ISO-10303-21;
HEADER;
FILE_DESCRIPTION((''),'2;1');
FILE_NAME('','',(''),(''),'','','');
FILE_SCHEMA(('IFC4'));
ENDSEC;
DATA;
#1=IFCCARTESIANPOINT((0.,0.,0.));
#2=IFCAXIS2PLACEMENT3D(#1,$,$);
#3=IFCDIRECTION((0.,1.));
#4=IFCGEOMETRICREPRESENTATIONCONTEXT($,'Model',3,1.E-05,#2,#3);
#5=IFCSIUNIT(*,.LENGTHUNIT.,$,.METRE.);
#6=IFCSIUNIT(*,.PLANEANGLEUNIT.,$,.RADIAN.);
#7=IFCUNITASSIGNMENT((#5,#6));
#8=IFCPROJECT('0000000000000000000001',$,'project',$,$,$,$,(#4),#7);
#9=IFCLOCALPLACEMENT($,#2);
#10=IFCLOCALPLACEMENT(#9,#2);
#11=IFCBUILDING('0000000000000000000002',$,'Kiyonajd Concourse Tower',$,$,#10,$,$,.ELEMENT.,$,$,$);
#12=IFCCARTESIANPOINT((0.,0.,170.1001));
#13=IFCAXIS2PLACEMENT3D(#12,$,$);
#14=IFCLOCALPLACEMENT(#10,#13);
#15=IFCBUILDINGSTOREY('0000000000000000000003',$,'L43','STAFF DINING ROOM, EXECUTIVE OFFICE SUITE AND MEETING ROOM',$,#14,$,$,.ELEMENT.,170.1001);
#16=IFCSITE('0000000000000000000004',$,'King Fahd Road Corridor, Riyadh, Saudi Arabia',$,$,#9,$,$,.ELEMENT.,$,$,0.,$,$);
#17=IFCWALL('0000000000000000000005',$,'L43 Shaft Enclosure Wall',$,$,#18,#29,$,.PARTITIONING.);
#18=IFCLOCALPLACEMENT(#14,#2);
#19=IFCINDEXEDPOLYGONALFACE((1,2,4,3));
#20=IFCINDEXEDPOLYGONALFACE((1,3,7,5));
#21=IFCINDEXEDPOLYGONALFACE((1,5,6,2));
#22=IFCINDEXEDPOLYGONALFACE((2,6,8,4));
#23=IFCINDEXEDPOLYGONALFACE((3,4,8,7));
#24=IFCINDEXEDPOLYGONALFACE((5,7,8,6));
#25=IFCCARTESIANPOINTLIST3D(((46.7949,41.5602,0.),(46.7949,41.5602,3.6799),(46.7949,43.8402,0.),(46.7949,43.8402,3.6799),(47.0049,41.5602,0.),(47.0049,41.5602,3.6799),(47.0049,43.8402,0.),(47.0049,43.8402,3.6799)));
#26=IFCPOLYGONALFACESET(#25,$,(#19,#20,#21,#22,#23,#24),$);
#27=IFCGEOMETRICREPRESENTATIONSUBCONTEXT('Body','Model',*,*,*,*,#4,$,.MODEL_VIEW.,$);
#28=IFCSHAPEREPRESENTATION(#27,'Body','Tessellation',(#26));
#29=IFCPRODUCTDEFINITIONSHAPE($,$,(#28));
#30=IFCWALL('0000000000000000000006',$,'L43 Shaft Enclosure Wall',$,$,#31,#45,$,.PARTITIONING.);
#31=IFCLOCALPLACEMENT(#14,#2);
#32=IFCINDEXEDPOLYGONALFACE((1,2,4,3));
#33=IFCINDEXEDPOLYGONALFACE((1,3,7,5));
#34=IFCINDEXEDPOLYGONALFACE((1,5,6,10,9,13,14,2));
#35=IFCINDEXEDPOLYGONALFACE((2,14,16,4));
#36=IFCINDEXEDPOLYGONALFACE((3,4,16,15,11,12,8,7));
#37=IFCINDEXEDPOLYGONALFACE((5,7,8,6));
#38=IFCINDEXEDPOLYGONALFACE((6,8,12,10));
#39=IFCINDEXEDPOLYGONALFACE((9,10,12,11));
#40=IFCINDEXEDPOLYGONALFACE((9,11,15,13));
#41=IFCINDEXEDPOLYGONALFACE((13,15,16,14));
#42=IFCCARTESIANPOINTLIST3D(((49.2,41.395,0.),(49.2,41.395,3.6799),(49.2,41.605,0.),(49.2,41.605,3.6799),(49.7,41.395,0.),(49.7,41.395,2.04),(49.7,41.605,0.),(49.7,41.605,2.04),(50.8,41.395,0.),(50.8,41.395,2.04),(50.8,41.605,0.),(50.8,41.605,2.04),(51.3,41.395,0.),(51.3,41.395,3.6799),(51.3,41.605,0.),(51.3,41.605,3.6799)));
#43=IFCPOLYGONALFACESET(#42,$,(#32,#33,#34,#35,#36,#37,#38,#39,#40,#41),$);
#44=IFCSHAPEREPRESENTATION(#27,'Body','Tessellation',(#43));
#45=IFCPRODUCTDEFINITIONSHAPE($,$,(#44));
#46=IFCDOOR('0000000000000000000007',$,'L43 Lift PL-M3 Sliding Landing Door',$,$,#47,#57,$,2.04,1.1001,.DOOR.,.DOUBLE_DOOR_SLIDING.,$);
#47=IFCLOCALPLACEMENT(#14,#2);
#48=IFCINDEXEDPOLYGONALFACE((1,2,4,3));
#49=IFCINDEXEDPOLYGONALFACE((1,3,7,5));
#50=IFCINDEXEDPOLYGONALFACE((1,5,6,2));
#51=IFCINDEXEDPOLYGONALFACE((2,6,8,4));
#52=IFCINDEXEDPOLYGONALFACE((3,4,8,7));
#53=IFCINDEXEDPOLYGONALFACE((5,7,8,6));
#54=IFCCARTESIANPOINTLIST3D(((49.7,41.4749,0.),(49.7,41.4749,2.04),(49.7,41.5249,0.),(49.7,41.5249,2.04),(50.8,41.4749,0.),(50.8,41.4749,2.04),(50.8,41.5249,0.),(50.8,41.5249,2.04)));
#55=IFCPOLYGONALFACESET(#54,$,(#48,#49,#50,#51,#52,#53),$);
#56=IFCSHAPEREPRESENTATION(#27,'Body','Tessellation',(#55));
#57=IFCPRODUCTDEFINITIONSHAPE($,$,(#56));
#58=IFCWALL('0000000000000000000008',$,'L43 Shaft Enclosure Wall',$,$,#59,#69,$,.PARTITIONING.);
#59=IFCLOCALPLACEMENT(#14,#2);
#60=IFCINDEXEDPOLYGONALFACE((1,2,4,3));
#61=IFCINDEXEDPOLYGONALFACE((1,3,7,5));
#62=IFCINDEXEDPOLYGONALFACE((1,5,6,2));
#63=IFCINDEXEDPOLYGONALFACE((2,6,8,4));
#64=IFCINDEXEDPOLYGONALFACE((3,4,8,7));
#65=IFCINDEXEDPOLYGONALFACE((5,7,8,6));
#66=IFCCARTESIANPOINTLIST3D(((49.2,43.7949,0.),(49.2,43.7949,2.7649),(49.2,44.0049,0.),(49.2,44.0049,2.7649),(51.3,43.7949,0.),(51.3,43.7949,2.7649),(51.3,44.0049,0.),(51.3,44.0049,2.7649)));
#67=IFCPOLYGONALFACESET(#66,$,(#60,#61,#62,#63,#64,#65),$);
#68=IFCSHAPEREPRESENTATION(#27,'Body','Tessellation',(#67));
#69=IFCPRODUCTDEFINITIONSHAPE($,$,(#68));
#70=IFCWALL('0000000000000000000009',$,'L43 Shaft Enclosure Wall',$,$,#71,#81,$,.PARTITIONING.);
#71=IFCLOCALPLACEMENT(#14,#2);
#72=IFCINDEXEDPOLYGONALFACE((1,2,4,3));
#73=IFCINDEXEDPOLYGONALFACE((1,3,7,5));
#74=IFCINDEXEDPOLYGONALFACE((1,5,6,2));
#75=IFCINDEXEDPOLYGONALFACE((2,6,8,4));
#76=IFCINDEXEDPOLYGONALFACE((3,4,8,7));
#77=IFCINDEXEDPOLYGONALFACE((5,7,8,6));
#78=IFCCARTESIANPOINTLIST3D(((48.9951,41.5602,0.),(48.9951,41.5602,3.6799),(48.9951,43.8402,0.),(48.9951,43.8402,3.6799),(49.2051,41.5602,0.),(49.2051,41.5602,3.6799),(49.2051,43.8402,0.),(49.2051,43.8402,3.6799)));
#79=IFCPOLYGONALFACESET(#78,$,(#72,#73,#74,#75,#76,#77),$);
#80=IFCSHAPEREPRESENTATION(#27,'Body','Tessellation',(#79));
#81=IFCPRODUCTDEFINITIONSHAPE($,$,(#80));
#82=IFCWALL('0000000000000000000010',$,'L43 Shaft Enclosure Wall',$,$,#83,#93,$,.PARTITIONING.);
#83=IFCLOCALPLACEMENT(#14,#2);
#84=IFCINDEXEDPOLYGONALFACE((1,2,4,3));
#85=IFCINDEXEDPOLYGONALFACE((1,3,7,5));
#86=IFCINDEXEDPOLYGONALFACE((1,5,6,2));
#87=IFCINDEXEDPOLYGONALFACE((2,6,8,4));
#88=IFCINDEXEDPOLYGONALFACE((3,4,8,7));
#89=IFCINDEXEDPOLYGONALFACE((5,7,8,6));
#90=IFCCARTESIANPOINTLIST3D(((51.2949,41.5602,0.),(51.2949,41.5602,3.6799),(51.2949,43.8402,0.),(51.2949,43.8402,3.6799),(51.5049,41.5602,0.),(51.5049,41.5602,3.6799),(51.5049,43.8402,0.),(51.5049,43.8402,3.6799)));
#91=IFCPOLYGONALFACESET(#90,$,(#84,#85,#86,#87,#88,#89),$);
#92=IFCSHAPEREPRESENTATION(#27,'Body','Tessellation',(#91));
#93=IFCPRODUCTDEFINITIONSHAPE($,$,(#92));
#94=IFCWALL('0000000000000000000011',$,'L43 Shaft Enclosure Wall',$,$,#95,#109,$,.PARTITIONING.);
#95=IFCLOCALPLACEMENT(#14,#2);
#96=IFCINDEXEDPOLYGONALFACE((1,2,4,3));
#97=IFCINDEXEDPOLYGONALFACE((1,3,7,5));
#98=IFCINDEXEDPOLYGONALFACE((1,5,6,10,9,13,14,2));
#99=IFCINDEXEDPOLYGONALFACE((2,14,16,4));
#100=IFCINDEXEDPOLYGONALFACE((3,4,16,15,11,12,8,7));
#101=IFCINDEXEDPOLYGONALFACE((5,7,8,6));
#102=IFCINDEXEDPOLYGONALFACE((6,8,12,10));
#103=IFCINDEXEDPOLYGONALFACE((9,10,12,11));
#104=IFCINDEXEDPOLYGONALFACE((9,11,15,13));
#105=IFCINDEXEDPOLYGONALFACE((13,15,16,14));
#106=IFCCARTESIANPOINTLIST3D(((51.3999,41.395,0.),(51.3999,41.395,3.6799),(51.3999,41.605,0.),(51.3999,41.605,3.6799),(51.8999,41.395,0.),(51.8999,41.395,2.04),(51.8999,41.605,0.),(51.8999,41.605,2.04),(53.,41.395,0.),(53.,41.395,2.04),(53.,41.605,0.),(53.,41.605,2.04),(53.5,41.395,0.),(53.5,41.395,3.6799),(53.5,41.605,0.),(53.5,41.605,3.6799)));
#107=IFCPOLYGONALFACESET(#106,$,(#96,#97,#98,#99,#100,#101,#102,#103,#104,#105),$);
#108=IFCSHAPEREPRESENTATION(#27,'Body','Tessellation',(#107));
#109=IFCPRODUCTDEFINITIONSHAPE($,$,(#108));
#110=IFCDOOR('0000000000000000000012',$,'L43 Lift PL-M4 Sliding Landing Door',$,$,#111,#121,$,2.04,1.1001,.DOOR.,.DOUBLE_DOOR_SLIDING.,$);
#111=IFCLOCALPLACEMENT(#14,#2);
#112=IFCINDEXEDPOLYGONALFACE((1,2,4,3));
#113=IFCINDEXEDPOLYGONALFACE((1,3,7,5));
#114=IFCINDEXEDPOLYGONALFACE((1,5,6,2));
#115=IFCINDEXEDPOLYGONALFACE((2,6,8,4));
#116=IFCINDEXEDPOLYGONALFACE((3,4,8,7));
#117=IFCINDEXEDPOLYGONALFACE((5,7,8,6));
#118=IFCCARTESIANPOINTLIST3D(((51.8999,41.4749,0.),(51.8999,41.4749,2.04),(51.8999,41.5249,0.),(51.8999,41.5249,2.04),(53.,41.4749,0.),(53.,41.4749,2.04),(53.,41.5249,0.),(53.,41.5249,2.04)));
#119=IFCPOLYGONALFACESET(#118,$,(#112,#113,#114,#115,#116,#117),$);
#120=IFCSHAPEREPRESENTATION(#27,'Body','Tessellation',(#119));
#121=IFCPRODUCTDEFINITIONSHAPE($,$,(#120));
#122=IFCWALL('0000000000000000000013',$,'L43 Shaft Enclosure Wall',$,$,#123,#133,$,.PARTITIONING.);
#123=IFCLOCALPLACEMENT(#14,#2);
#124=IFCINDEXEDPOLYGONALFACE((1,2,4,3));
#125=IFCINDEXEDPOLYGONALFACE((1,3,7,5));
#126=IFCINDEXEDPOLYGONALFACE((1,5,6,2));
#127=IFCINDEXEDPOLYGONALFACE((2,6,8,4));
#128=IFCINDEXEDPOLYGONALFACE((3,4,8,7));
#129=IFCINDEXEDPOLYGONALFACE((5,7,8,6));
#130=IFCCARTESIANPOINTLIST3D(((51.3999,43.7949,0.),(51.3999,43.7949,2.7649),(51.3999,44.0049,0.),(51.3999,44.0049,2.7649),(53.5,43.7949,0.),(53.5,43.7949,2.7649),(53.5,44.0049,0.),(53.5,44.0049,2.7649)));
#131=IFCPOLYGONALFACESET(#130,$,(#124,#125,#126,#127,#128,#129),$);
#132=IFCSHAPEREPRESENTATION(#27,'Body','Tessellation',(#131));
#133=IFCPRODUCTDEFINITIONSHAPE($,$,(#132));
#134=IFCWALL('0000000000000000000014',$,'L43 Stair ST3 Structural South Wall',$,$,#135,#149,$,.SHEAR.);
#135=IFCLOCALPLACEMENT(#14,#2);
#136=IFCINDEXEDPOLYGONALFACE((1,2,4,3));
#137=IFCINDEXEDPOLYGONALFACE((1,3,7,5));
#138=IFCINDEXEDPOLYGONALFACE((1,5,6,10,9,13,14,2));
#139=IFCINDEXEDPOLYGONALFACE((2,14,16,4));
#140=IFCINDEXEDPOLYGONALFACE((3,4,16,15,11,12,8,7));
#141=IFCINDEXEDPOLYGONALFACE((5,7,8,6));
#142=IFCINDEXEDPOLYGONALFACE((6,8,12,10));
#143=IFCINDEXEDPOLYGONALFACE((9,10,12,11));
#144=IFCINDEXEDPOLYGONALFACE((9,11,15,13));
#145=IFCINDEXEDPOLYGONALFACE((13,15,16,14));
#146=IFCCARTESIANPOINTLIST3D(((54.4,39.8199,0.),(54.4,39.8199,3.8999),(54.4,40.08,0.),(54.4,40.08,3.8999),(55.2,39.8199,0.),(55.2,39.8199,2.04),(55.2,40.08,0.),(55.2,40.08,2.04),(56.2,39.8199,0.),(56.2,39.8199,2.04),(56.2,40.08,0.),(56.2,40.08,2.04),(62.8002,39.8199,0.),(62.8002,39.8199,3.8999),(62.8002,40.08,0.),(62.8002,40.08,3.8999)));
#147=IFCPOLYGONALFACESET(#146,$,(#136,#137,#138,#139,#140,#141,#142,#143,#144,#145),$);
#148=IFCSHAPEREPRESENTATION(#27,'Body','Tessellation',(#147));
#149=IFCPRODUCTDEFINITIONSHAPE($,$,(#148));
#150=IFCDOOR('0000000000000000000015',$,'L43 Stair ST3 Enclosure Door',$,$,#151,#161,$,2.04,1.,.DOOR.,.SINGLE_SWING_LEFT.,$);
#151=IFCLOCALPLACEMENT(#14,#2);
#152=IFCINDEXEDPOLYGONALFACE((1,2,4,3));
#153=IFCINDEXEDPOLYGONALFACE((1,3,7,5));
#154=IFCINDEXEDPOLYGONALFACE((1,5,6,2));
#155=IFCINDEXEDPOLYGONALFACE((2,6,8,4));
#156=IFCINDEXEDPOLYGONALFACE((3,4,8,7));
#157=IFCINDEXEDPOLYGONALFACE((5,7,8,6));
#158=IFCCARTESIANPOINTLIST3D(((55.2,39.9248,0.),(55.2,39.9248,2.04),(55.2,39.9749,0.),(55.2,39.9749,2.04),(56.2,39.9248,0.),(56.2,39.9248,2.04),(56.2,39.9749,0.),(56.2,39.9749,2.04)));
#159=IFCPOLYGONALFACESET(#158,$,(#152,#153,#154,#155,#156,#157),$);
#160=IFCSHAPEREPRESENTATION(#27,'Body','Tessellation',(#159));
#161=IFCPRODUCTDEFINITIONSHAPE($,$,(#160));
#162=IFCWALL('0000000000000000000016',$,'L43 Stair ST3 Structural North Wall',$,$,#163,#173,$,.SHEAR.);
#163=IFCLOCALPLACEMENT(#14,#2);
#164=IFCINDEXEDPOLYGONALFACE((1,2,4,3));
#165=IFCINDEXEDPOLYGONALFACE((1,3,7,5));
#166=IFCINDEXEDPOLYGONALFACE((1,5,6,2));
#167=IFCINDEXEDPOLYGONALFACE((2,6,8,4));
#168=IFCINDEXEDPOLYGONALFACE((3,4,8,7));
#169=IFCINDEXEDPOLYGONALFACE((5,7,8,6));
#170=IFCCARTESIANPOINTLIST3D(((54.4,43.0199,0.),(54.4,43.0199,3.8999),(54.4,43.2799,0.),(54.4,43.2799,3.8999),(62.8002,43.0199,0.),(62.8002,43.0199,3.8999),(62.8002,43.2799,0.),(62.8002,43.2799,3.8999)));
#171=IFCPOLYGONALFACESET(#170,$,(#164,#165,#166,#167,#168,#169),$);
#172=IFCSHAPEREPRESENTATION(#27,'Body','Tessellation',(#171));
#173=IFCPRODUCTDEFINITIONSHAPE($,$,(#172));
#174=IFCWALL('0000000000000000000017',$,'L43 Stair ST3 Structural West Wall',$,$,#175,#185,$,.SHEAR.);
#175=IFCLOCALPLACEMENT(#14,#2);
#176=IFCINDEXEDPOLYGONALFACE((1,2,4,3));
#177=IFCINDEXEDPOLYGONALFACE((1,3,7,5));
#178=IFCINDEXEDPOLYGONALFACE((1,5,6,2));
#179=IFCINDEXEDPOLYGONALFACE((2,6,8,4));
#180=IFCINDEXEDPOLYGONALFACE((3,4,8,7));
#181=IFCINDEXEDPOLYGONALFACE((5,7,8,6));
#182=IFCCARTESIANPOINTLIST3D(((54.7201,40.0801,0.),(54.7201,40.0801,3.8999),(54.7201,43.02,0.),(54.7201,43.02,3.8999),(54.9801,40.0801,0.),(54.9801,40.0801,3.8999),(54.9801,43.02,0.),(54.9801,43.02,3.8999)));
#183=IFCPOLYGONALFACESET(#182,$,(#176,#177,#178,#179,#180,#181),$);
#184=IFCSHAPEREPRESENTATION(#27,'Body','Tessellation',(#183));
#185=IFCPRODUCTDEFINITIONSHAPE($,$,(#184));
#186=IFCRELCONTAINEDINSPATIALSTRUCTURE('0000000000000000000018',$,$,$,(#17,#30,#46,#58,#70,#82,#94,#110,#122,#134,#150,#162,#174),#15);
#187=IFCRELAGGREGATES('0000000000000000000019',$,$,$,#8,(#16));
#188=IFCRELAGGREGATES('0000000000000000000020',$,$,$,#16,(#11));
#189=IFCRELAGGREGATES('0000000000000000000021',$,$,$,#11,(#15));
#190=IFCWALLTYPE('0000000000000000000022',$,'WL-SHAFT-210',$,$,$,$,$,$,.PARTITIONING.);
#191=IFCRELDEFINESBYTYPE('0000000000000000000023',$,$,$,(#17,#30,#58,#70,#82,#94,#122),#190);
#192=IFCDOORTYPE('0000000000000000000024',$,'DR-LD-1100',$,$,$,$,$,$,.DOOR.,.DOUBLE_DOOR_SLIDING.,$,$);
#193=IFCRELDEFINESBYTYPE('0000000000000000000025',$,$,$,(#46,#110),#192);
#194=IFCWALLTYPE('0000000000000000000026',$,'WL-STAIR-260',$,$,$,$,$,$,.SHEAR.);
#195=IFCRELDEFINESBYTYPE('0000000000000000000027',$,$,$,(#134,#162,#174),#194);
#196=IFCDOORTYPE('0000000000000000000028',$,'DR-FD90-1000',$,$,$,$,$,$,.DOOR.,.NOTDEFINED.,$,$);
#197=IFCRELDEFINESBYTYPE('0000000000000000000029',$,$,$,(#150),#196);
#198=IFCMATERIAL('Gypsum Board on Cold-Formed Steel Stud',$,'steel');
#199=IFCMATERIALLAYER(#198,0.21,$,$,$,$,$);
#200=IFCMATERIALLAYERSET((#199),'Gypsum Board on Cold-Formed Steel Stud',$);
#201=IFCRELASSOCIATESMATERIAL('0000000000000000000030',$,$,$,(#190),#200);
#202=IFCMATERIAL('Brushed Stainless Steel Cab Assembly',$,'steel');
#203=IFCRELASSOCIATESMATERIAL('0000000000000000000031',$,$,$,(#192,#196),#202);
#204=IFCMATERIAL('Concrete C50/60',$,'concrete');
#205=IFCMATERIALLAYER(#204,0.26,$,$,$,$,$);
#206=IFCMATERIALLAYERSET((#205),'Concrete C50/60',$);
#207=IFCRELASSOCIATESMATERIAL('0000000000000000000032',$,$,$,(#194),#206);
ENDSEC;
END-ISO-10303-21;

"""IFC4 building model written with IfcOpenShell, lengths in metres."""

from ifc_helpers import new_model, si_unit, direction, frame, frame_2d, origin, place, context, subcontext, project, spatial, rectangle, extrude, material, layer, layer_set, type_object, element, fill, save


model = new_model("IFC4")

# Units and contexts
model_context = context("Model", 3, precision=1e-05, world=origin(), true_north=direction((0.0, 1.0)))
body_context = subcontext(model_context, "Body", "Model", "MODEL_VIEW")
ifc_project = project(units=[si_unit("LENGTHUNIT", "METRE"), si_unit("PLANEANGLEUNIT", "RADIAN")], contexts=[model_context])

# Site, building, storey
site_placement = place(None, origin())
site = spatial("IfcSite", under=ifc_project, at=site_placement, Name="King Fahd Road Corridor, Riyadh, Saudi Arabia", CompositionType="ELEMENT", RefElevation=0.0)
building_placement = place(site_placement, origin())
building = spatial("IfcBuilding", under=site, at=building_placement, Name="Kiyonajd Concourse Tower", CompositionType="ELEMENT")
storey_placement = place(building_placement, frame((0.0, 0.0, 170.1001)))
storey = spatial("IfcBuildingStorey", under=building, at=storey_placement, Name="L43", Description="STAFF DINING ROOM, EXECUTIVE OFFICE SUITE AND MEETING ROOM", CompositionType="ELEMENT", Elevation=170.1001)

# Shared definitions
ifc_material_1 = material(Name="Concrete C50/60", Category="concrete")

# Shared definitions
ifc_material_2 = material(Name="Gypsum Board on Cold-Formed Steel Stud", Category="steel")
ifc_layer_1 = layer(ifc_material_2, 0.21)
ifc_layer_set_1 = layer_set([ifc_layer_1], Name="Gypsum Board on Cold-Formed Steel Stud")
wall_type_1 = type_object("IfcWallType", Name="WL-SHAFT-210", PredefinedType="PARTITIONING", material=ifc_layer_set_1)

# Shared definitions
ifc_material_3 = material(Name="Brushed Stainless Steel Cab Assembly", Category="steel")
door_type_1 = type_object("IfcDoorType", Name="DR-LD-1100", OperationType="DOUBLE_DOOR_SLIDING", PredefinedType="DOOR", material=ifc_material_3)

# Wall
wall_1_placement = place(storey_placement, frame((46.8999, 41.5601, 0.0), z_axis=(0.0, 0.0, 1.0), x_axis=(0.0, 1.0, 0.0)))
element("IfcWall", 1, at=wall_1_placement, inside=storey, type_object=wall_type_1, Name="L43 Shaft Enclosure Wall", PredefinedType="PARTITIONING", context=body_context, shape_type="SweptSolid", body=[
    extrude(rectangle(XDim=2.28, YDim=0.21, at=frame_2d((1.1401, 0.0))), origin(), (0.0, 0.0, 1.0), 3.6799),
])

# Wall, opening, door
wall_2_placement = place(storey_placement, frame((49.2, 41.5, 0.0), z_axis=(0.0, 0.0, 1.0), x_axis=(1.0, 0.0, 0.0)))
wall_2 = element("IfcWall", 2, at=wall_2_placement, inside=storey, type_object=wall_type_1, Name="L43 Shaft Enclosure Wall", PredefinedType="PARTITIONING", context=body_context, shape_type="SweptSolid", body=[
    extrude(rectangle(XDim=2.1001, YDim=0.21, at=frame_2d((1.05, 0.0))), origin(), (0.0, 0.0, 1.0), 3.6799),
])
opening_1_placement = place(wall_2_placement, frame((0.5, 0.0, 0.0)))
opening_1 = element("IfcOpeningElement", 3, at=opening_1_placement, cuts=wall_2, PredefinedType="OPENING", context=body_context, shape_type="SweptSolid", body=[
    extrude(rectangle(XDim=1.1001, YDim=2.04, at=frame_2d((0.55, 1.02))), frame((0.0, 0.115, 0.0), z_axis=(0.0, -1.0, 0.0), x_axis=(1.0, 0.0, 0.0)), (0.0, 0.0, 1.0), 0.23),
])
door_1_placement = place(opening_1_placement, origin())
door_1 = element("IfcDoor", 4, at=door_1_placement, inside=storey, type_object=door_type_1, Name="L43 Lift PL-M3 Sliding Landing Door", OperationType="DOUBLE_DOOR_SLIDING", OverallHeight=2.04, OverallWidth=1.1001, PredefinedType="DOOR", context=body_context, shape_type="SweptSolid", body=[
    extrude(rectangle(XDim=1.1001, YDim=2.04, at=frame_2d((0.55, 1.02))), frame((0.0, 0.0249, 0.0), z_axis=(0.0, -1.0, 0.0), x_axis=(1.0, 0.0, 0.0)), (0.0, 0.0, 1.0), 0.05),
])
fill(opening_1, door_1)

# Walls
wall_3_placement = place(storey_placement, frame((49.2, 43.8999, 0.0), z_axis=(0.0, 0.0, 1.0), x_axis=(1.0, 0.0, 0.0)))
element("IfcWall", 5, at=wall_3_placement, inside=storey, type_object=wall_type_1, Name="L43 Shaft Enclosure Wall", PredefinedType="PARTITIONING", context=body_context, shape_type="SweptSolid", body=[
    extrude(rectangle(XDim=2.1001, YDim=0.21, at=frame_2d((1.05, 0.0))), origin(), (0.0, 0.0, 1.0), 2.7649),
])
for number, where, z_axis, x_axis, name in (
    (6, (49.1001, 41.5601, 0.0), (0.0, 0.0, 1.0), (0.0, 1.0, 0.0), "L43 Shaft Enclosure Wall"),
    (7, (51.3999, 41.5601, 0.0), (0.0, 0.0, 1.0), (0.0, 1.0, 0.0), "L43 Shaft Enclosure Wall"),
):
    element("IfcWall", number, at=place(storey_placement, frame(where, z_axis=z_axis, x_axis=x_axis)), inside=storey, type_object=wall_type_1, Name=name, PredefinedType="PARTITIONING", context=body_context, shape_type="SweptSolid", body=[
        extrude(rectangle(XDim=2.28, YDim=0.21, at=frame_2d((1.1401, 0.0))), origin(), (0.0, 0.0, 1.0), 3.6799),
    ])

# Wall, opening, door
wall_4_placement = place(storey_placement, frame((51.3999, 41.5, 0.0), z_axis=(0.0, 0.0, 1.0), x_axis=(1.0, 0.0, 0.0)))
wall_4 = element("IfcWall", 8, at=wall_4_placement, inside=storey, type_object=wall_type_1, Name="L43 Shaft Enclosure Wall", PredefinedType="PARTITIONING", context=body_context, shape_type="SweptSolid", body=[
    extrude(rectangle(XDim=2.1001, YDim=0.21, at=frame_2d((1.05, 0.0))), origin(), (0.0, 0.0, 1.0), 3.6799),
])
opening_2_placement = place(wall_4_placement, frame((0.5, 0.0, 0.0)))
opening_2 = element("IfcOpeningElement", 9, at=opening_2_placement, cuts=wall_4, PredefinedType="OPENING", context=body_context, shape_type="SweptSolid", body=[
    extrude(rectangle(XDim=1.1001, YDim=2.04, at=frame_2d((0.55, 1.02))), frame((0.0, 0.115, 0.0), z_axis=(0.0, -1.0, 0.0), x_axis=(1.0, 0.0, 0.0)), (0.0, 0.0, 1.0), 0.23),
])
door_2_placement = place(opening_2_placement, origin())
door_2 = element("IfcDoor", 10, at=door_2_placement, inside=storey, type_object=door_type_1, Name="L43 Lift PL-M4 Sliding Landing Door", OperationType="DOUBLE_DOOR_SLIDING", OverallHeight=2.04, OverallWidth=1.1001, PredefinedType="DOOR", context=body_context, shape_type="SweptSolid", body=[
    extrude(rectangle(XDim=1.1001, YDim=2.04, at=frame_2d((0.55, 1.02))), frame((0.0, 0.0249, 0.0), z_axis=(0.0, -1.0, 0.0), x_axis=(1.0, 0.0, 0.0)), (0.0, 0.0, 1.0), 0.05),
])
fill(opening_2, door_2)

# Wall
wall_5_placement = place(storey_placement, frame((51.3999, 43.8999, 0.0), z_axis=(0.0, 0.0, 1.0), x_axis=(1.0, 0.0, 0.0)))
element("IfcWall", 11, at=wall_5_placement, inside=storey, type_object=wall_type_1, Name="L43 Shaft Enclosure Wall", PredefinedType="PARTITIONING", context=body_context, shape_type="SweptSolid", body=[
    extrude(rectangle(XDim=2.1001, YDim=0.21, at=frame_2d((1.05, 0.0))), origin(), (0.0, 0.0, 1.0), 2.7649),
])

# Wall, opening, door
ifc_layer_2 = layer(ifc_material_1, 0.26)
ifc_layer_set_2 = layer_set([ifc_layer_2], Name="Concrete C50/60")
wall_type_2 = type_object("IfcWallType", Name="WL-STAIR-260", PredefinedType="SHEAR", material=ifc_layer_set_2)
wall_6_placement = place(storey_placement, frame((54.3999, 39.95, 0.0), z_axis=(0.0, 0.0, 1.0), x_axis=(1.0, 0.0, 0.0)))
wall_6 = element("IfcWall", 12, at=wall_6_placement, inside=storey, type_object=wall_type_2, Name="L43 Stair ST3 Structural South Wall", PredefinedType="SHEAR", context=body_context, shape_type="SweptSolid", body=[
    extrude(rectangle(XDim=8.4001, YDim=0.26, at=frame_2d((4.2002, 0.0))), origin(), (0.0, 0.0, 1.0), 3.8999),
])
opening_3_placement = place(wall_6_placement, frame((0.8, 0.0, 0.0)))
opening_3 = element("IfcOpeningElement", 13, at=opening_3_placement, cuts=wall_6, PredefinedType="OPENING", context=body_context, shape_type="SweptSolid", body=[
    extrude(rectangle(XDim=1.0, YDim=2.04, at=frame_2d((0.5, 1.02))), frame((0.0, 0.1399, 0.0), z_axis=(0.0, -1.0, 0.0), x_axis=(1.0, 0.0, 0.0)), (0.0, 0.0, 1.0), 0.28),
])
door_type_2 = type_object("IfcDoorType", Name="DR-FD90-1000", OperationType="NOTDEFINED", PredefinedType="DOOR", material=ifc_material_3)
door_3_placement = place(opening_3_placement, origin())
door_3 = element("IfcDoor", 14, at=door_3_placement, inside=storey, type_object=door_type_2, Name="L43 Stair ST3 Enclosure Door", OperationType="SINGLE_SWING_LEFT", OverallHeight=2.04, OverallWidth=1.0, PredefinedType="DOOR", context=body_context, shape_type="SweptSolid", body=[
    extrude(rectangle(XDim=1.0, YDim=2.04, at=frame_2d((0.5, 1.02))), frame((0.0, 0.0249, 0.0), z_axis=(0.0, -1.0, 0.0), x_axis=(1.0, 0.0, 0.0)), (0.0, 0.0, 1.0), 0.05),
])
fill(opening_3, door_3)

# Walls
wall_7_placement = place(storey_placement, frame((54.3999, 43.1499, 0.0), z_axis=(0.0, 0.0, 1.0), x_axis=(1.0, 0.0, 0.0)))
element("IfcWall", 15, at=wall_7_placement, inside=storey, type_object=wall_type_2, Name="L43 Stair ST3 Structural North Wall", PredefinedType="SHEAR", context=body_context, shape_type="SweptSolid", body=[
    extrude(rectangle(XDim=8.4001, YDim=0.26, at=frame_2d((4.2002, 0.0))), origin(), (0.0, 0.0, 1.0), 3.8999),
])
wall_8_placement = place(storey_placement, frame((54.8501, 40.0801, 0.0), z_axis=(0.0, 0.0, 1.0), x_axis=(0.0, 1.0, 0.0)))
element("IfcWall", 16, at=wall_8_placement, inside=storey, type_object=wall_type_2, Name="L43 Stair ST3 Structural West Wall", PredefinedType="SHEAR", context=body_context, shape_type="SweptSolid", body=[
    extrude(rectangle(XDim=2.9399, YDim=0.26, at=frame_2d((1.47, 0.0))), origin(), (0.0, 0.0, 1.0), 3.8999),
])

save(model, "model.ifc")
